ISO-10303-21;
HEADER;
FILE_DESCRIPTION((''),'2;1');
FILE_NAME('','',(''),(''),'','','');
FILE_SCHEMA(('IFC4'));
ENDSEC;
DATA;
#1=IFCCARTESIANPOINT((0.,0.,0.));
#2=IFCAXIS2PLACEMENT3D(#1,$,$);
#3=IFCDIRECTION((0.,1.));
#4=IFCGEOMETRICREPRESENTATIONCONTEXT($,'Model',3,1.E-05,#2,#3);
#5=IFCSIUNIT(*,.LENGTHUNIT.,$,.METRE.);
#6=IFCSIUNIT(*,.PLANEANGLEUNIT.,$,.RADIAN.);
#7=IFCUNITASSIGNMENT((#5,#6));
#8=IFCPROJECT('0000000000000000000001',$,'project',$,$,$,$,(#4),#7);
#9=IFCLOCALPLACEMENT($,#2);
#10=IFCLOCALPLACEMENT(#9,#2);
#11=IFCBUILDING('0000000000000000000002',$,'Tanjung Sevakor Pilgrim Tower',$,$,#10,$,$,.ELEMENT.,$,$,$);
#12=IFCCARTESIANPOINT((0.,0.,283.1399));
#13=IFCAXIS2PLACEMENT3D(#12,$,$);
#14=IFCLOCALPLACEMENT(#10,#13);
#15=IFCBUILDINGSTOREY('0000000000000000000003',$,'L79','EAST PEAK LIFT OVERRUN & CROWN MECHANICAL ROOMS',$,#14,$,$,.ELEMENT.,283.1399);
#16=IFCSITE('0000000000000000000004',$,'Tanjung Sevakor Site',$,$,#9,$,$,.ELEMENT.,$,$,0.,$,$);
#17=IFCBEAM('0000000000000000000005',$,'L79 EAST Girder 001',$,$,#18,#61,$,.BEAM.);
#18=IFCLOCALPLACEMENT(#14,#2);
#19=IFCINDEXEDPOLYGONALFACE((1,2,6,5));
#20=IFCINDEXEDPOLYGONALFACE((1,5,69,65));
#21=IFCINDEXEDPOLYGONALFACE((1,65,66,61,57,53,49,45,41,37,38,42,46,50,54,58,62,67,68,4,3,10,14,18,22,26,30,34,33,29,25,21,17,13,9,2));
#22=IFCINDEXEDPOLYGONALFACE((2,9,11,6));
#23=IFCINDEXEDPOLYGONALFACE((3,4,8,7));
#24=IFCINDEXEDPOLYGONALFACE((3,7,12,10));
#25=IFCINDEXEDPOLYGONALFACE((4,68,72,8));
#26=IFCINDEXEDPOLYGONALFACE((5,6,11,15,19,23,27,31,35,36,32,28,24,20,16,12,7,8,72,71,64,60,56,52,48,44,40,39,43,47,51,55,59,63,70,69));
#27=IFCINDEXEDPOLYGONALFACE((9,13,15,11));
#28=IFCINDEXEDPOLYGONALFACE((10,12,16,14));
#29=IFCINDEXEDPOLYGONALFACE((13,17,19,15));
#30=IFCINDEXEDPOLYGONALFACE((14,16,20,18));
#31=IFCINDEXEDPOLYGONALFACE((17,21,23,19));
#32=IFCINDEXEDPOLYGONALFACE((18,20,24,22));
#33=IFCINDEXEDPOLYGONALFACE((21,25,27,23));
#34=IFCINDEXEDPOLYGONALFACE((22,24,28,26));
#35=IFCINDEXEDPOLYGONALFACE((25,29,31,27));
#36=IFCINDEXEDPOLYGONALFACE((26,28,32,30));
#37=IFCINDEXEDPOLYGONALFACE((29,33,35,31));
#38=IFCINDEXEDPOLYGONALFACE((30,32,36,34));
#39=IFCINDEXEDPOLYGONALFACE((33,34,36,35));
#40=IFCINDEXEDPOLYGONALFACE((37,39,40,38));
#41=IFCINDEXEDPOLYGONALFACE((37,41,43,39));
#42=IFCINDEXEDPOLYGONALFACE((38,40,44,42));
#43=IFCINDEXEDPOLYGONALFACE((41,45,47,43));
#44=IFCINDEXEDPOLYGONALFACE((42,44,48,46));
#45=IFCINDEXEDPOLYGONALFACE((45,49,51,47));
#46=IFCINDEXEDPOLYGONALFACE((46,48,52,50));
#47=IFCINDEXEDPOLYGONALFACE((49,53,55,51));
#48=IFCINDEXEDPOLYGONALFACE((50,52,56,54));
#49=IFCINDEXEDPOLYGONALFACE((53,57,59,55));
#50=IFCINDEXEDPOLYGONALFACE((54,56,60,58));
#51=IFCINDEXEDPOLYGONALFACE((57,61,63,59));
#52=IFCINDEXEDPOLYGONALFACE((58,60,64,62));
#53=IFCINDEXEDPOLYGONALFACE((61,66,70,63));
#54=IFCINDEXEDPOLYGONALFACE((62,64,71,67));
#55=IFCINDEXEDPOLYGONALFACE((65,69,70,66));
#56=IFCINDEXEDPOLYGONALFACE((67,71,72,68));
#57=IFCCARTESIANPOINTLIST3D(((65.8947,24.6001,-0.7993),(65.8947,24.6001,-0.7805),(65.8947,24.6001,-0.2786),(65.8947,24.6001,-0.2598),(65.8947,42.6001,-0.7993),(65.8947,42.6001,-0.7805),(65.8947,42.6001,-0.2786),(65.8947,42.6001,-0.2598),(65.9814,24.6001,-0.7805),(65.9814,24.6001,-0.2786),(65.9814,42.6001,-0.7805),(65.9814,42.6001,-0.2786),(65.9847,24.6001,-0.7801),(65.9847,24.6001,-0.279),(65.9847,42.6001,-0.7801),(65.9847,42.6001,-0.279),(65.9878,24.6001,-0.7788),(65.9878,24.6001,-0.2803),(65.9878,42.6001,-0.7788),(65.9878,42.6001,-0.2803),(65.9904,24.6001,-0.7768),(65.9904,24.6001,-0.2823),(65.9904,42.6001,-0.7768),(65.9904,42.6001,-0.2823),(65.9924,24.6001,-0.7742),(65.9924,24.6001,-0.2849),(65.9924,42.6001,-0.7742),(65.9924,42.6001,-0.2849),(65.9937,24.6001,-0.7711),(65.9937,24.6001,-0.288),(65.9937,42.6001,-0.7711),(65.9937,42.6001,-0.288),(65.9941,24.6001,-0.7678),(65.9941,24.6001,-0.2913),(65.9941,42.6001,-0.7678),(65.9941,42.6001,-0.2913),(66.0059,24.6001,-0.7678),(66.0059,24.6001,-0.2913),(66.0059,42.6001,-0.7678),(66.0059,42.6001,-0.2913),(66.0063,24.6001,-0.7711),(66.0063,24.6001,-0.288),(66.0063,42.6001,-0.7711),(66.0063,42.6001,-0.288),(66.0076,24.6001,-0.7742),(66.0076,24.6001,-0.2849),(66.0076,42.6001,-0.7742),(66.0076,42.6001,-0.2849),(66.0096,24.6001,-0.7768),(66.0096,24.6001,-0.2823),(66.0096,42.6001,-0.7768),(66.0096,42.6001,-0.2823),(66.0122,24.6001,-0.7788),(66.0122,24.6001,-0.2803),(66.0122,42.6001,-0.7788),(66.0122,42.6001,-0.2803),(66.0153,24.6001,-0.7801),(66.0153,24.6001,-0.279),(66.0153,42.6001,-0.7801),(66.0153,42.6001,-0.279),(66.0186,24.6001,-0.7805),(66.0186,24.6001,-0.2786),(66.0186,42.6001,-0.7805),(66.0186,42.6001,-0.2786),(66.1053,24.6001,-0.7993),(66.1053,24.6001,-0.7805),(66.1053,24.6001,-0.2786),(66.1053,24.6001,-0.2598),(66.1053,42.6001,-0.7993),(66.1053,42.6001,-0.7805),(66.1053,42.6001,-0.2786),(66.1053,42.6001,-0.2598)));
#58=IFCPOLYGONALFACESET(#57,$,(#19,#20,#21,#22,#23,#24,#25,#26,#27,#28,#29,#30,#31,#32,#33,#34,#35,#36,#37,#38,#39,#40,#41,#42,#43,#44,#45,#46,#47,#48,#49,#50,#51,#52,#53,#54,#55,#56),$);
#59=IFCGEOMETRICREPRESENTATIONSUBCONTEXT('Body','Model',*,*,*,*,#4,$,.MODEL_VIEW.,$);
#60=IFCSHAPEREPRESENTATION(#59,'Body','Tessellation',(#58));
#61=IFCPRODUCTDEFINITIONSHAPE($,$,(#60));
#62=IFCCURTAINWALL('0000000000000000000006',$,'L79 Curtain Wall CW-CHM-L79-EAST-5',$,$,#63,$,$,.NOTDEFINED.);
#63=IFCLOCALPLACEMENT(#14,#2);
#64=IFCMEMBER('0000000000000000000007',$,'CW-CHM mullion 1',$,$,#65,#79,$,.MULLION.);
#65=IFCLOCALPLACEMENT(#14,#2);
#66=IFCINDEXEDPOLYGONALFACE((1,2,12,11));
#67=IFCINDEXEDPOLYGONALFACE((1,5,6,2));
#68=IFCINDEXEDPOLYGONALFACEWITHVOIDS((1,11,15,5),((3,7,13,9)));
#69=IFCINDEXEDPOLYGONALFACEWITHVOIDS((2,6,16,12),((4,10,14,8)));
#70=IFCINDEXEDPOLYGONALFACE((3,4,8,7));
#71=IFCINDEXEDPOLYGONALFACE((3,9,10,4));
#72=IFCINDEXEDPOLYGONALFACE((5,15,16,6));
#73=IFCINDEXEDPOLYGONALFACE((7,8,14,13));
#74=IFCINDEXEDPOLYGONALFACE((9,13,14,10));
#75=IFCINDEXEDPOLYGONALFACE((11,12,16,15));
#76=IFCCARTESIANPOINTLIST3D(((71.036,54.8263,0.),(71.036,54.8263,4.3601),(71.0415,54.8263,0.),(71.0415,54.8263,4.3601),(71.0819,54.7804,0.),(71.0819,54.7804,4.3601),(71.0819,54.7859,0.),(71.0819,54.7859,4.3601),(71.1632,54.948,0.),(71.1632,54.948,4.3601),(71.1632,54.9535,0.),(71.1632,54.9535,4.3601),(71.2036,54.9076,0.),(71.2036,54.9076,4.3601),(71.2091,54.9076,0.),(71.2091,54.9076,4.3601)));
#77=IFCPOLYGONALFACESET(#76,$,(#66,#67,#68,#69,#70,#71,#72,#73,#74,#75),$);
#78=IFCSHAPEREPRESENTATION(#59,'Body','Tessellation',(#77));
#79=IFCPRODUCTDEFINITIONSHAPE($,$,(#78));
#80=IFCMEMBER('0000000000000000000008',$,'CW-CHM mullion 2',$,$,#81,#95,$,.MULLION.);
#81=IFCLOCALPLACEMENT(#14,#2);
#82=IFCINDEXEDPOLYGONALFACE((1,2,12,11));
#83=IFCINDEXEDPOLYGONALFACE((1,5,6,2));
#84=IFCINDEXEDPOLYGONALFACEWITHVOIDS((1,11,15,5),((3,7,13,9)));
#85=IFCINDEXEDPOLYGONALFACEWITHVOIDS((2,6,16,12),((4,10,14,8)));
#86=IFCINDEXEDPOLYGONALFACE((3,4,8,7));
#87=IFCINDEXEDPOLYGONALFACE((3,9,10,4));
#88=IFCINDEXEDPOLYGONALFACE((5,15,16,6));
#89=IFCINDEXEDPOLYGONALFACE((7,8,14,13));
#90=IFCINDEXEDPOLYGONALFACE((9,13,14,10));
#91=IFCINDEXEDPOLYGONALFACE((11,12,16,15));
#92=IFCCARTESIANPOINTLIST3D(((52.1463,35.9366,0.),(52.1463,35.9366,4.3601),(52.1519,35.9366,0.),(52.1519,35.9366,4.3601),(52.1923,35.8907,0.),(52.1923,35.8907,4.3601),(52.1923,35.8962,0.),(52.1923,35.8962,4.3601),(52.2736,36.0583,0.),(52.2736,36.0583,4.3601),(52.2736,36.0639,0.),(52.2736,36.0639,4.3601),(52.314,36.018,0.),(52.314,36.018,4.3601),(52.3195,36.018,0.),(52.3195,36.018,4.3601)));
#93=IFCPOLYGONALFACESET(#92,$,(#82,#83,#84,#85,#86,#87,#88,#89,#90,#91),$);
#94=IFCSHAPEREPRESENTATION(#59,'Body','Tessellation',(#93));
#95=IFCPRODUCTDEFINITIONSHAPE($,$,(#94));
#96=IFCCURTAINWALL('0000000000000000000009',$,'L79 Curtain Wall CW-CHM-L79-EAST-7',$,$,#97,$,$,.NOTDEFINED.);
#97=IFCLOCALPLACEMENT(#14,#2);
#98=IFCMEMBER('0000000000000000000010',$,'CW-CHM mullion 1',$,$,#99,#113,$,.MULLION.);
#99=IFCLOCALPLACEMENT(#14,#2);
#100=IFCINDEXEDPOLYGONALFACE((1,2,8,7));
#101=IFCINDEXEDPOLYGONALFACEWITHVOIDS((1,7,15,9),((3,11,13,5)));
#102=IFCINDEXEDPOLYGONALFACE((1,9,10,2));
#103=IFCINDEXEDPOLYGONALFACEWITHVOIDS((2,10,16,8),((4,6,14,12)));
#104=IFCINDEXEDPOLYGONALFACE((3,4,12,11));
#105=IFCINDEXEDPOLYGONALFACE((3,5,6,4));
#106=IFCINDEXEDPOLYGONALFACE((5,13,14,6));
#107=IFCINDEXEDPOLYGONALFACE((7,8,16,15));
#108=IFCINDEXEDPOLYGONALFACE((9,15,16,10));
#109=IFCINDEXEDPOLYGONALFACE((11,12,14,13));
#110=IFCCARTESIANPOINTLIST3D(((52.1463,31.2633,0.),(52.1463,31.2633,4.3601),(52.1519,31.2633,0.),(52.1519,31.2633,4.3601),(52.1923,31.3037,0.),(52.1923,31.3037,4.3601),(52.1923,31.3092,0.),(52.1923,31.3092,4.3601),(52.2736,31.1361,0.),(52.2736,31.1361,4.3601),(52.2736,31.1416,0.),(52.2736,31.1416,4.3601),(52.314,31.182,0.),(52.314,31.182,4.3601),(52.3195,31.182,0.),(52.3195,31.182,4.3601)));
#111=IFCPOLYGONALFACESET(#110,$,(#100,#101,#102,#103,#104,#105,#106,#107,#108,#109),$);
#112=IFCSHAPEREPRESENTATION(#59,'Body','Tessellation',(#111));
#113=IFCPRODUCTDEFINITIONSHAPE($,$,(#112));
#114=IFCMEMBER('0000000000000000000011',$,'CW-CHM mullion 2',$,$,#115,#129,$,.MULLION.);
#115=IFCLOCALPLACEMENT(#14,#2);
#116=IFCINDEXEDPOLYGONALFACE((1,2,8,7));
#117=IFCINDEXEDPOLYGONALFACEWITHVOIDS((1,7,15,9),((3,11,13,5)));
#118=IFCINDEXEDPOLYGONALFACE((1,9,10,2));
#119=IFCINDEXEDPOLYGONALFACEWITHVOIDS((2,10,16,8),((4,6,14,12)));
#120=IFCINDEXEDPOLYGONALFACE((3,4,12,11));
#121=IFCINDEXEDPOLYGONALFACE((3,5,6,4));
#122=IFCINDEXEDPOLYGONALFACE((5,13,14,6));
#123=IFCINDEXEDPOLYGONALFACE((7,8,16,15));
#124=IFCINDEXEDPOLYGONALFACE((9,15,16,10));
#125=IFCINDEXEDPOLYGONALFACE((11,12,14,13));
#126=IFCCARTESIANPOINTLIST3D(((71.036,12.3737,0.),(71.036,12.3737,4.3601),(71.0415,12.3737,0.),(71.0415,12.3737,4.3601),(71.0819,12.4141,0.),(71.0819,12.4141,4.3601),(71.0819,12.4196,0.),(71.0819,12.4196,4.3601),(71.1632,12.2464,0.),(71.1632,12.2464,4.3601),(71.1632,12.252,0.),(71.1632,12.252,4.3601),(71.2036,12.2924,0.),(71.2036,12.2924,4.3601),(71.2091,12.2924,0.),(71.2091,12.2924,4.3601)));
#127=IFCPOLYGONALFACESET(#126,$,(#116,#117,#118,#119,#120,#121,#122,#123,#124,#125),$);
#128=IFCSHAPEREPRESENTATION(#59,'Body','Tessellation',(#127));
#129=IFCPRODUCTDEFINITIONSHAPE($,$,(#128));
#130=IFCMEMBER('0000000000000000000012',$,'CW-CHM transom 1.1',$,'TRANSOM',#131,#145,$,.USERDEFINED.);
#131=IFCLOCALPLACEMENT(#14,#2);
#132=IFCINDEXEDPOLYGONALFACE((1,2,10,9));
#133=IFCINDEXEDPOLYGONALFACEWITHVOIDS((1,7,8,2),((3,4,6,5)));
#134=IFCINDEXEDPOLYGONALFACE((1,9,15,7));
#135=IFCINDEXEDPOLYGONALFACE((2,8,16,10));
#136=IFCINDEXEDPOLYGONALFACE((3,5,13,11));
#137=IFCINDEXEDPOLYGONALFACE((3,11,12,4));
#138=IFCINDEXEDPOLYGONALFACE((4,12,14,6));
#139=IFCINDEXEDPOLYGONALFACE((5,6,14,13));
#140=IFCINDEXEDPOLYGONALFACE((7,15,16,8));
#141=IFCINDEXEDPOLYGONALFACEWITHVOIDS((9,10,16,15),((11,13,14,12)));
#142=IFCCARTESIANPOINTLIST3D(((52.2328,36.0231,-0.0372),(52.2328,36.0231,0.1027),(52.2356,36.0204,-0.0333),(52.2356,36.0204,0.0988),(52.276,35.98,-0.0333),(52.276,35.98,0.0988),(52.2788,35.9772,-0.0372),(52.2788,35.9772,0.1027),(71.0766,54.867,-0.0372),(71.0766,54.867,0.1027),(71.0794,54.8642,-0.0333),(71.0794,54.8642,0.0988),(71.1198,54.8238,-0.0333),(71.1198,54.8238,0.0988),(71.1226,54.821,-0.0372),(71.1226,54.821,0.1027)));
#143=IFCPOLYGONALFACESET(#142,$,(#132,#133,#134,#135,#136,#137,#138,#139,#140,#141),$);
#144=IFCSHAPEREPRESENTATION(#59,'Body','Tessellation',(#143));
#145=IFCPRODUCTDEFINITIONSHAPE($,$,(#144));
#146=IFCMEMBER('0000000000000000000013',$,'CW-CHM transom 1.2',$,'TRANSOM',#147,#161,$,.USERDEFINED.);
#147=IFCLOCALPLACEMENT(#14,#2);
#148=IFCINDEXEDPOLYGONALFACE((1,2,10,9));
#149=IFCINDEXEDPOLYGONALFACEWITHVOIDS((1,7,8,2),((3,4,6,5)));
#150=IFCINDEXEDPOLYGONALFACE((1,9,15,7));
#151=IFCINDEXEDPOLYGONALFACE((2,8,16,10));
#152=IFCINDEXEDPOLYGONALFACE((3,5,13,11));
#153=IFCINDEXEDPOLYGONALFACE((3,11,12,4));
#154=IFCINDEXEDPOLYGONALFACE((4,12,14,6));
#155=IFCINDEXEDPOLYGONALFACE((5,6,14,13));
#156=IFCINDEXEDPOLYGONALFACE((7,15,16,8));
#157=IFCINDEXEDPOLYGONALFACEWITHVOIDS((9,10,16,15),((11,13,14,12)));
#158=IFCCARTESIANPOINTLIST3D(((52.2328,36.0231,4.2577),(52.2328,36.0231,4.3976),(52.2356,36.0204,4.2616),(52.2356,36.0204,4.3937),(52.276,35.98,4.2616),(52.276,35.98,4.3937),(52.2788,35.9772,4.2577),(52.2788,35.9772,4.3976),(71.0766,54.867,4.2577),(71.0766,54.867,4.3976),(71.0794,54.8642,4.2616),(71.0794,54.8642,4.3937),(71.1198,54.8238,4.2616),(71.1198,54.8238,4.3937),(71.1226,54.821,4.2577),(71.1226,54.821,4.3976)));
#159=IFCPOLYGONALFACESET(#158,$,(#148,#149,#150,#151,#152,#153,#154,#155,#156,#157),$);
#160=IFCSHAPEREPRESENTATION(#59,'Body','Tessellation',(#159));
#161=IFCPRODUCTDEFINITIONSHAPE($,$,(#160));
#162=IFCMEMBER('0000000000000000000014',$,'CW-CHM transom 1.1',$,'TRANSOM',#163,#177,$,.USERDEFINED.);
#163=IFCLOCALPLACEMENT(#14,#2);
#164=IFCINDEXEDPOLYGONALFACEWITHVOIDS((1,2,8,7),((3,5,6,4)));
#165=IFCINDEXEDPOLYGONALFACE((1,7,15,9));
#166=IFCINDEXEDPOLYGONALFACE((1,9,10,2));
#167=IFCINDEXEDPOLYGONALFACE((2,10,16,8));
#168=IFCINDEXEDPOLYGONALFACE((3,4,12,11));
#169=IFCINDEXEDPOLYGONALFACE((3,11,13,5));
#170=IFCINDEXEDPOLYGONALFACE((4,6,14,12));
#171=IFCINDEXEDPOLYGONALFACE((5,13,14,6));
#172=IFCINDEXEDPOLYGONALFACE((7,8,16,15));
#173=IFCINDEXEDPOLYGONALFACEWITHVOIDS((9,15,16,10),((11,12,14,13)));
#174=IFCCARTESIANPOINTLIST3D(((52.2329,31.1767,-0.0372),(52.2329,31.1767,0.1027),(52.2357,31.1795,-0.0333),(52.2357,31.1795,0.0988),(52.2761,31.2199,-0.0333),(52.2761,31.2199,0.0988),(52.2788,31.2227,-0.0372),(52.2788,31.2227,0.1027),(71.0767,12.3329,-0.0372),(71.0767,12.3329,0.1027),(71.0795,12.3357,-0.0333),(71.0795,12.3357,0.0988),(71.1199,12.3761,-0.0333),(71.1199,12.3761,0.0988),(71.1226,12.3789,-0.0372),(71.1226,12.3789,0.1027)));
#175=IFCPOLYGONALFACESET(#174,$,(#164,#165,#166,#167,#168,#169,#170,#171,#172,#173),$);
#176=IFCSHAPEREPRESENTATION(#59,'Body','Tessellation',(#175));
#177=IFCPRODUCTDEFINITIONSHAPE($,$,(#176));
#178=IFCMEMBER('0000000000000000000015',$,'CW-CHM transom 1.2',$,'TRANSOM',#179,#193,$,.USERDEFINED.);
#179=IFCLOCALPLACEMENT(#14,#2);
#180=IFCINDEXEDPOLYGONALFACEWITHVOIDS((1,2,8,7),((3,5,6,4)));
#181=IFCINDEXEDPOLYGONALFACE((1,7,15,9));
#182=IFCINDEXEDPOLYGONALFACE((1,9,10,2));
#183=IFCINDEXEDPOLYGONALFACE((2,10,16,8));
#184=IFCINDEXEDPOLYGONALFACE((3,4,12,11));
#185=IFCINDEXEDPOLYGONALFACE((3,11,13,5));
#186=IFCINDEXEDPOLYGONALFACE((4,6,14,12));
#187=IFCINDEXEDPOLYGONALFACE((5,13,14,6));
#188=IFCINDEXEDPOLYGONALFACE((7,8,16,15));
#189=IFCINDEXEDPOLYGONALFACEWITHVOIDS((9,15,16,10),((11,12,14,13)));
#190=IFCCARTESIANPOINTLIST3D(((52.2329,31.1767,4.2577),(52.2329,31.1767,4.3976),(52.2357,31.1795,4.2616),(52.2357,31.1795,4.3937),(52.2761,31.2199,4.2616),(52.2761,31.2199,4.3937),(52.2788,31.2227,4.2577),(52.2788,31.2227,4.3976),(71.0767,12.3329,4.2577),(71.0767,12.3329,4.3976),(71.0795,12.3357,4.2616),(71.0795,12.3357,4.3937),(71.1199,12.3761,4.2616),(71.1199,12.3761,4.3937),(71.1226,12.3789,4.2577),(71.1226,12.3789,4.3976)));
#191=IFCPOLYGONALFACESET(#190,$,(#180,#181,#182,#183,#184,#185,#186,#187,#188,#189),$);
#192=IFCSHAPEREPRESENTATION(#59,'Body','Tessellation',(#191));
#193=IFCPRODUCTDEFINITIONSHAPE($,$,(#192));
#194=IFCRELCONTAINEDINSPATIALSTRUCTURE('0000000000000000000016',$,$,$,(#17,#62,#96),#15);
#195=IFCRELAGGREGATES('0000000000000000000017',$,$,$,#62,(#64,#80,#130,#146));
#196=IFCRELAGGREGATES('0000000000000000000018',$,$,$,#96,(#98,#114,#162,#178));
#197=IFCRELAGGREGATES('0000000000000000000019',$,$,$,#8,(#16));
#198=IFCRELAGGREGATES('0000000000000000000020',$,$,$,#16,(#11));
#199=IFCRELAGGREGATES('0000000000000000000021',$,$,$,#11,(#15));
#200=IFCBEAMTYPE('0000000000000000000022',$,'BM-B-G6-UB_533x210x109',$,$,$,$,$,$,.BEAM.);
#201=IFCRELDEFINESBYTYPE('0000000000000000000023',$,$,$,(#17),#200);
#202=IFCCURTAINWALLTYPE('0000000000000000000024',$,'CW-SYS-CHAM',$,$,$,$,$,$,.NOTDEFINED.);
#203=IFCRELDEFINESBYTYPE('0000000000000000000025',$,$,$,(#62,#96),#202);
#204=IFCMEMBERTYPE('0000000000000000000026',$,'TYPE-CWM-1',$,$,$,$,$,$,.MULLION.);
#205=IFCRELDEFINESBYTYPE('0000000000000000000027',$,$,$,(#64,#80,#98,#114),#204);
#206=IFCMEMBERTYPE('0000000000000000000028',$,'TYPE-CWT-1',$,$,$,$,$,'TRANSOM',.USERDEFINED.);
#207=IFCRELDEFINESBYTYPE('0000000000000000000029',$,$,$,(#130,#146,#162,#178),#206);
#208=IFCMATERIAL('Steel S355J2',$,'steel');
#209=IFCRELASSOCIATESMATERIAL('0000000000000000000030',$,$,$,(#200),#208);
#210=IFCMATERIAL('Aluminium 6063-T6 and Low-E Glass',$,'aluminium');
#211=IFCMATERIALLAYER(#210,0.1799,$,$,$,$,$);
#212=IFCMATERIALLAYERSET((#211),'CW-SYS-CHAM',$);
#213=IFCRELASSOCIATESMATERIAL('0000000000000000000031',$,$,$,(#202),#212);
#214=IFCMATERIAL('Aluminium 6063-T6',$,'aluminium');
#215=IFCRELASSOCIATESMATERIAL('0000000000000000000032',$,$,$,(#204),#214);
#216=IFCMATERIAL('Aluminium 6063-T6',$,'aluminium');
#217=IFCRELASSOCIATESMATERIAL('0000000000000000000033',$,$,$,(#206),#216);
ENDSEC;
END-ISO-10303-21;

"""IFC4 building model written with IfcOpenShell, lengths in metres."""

from ifc_helpers import new_model, si_unit, direction, frame, origin, origin_2d, place, context, subcontext, project, spatial, hollow_rectangle, i_section, extrude, material, layer, layer_set, material_profile, profile_set, type_object, element, aggregate, save


model = new_model("IFC4")

# Units and contexts
model_context = context("Model", 3, precision=1e-05, world=origin(), true_north=direction((0.0, 1.0)))
body_context = subcontext(model_context, "Body", "Model", "MODEL_VIEW")
ifc_project = project(units=[si_unit("LENGTHUNIT", "METRE"), si_unit("PLANEANGLEUNIT", "RADIAN")], contexts=[model_context])

# Site, building, storey
site_placement = place(None, origin())
site = spatial("IfcSite", under=ifc_project, at=site_placement, Name="Tanjung Sevakor Site", CompositionType="ELEMENT", RefElevation=0.0)
building_placement = place(site_placement, origin())
building = spatial("IfcBuilding", under=site, at=building_placement, Name="Tanjung Sevakor Pilgrim Tower", CompositionType="ELEMENT")
storey_placement = place(building_placement, frame((0.0, 0.0, 283.1399)))
storey = spatial("IfcBuildingStorey", under=building, at=storey_placement, Name="L79", Description="EAST PEAK LIFT OVERRUN & CROWN MECHANICAL ROOMS", CompositionType="ELEMENT", Elevation=283.1399)

# Beam
ifc_material_1 = material(Name="Steel S355J2", Category="steel")
ifc_material_profile_1 = material_profile(ifc_material_1, i_section(OverallWidth=0.2107, OverallDepth=0.5396, WebThickness=0.0117, FlangeThickness=0.0188, FilletRadius=0.0127, at=origin_2d()))
ifc_profile_set_1 = profile_set([ifc_material_profile_1], Name="Steel S355J2")
beam_type_1 = type_object("IfcBeamType", Name="BM-B-G6-UB_533x210x109", PredefinedType="BEAM", material=ifc_profile_set_1)
beam_placement = place(storey_placement, frame((66.0, 24.6001, -0.5295), z_axis=(0.0, 1.0, 0.0), x_axis=(-1.0, 0.0, 0.0)))
element("IfcBeam", 1, at=beam_placement, inside=storey, type_object=beam_type_1, Name="L79 EAST Girder 001", PredefinedType="BEAM", context=body_context, shape_type="SweptSolid", body=[
    extrude(i_section(OverallWidth=0.2107, OverallDepth=0.5396, WebThickness=0.0117, FlangeThickness=0.0188, FilletRadius=0.0127, at=origin_2d()), origin(), (0.0, 0.0, 1.0), 18.0),
])

# Curtain walls, members
ifc_material_2 = material(Name="Aluminium 6063-T6 and Low-E Glass", Category="aluminium")
ifc_layer_1 = layer(ifc_material_2, 0.1799)
ifc_layer_set_1 = layer_set([ifc_layer_1], Name="CW-SYS-CHAM")
curtain_wall_type = type_object("IfcCurtainWallType", Name="CW-SYS-CHAM", PredefinedType="NOTDEFINED", material=ifc_layer_set_1)
curtain_wall_1_placement = place(storey_placement, origin())
curtain_wall_1 = element("IfcCurtainWall", 2, at=curtain_wall_1_placement, inside=storey, type_object=curtain_wall_type, Name="L79 Curtain Wall CW-CHM-L79-EAST-5", PredefinedType="NOTDEFINED")
ifc_material_3 = material(Name="Aluminium 6063-T6", Category="aluminium")
ifc_material_profile_2 = material_profile(ifc_material_3, hollow_rectangle(XDim=0.0649, YDim=0.1799, WallThickness=0.0039, at=origin_2d()))
ifc_profile_set_2 = profile_set([ifc_material_profile_2], Name="Aluminium 6063-T6")
member_type_1 = type_object("IfcMemberType", Name="TYPE-CWM-1", PredefinedType="MULLION", material=ifc_profile_set_2)
member_1_placement = place(storey_placement, frame((71.1226, 54.8669, 0.0), z_axis=(0.0, 0.0, 1.0), x_axis=(0.707107, -0.707107, 0.0)))
member_1 = element("IfcMember", 3, at=member_1_placement, type_object=member_type_1, Name="CW-CHM mullion 1", PredefinedType="MULLION", context=body_context, shape_type="SweptSolid", body=[
    extrude(hollow_rectangle(XDim=0.0649, YDim=0.1799, WallThickness=0.0039, at=origin_2d()), origin(), (0.0, 0.0, 1.0), 4.3601),
])
member_2_placement = place(storey_placement, frame((52.2329, 35.9773, 0.0), z_axis=(0.0, 0.0, 1.0), x_axis=(0.707107, -0.707107, 0.0)))
member_2 = element("IfcMember", 4, at=member_2_placement, type_object=member_type_1, Name="CW-CHM mullion 2", PredefinedType="MULLION", context=body_context, shape_type="SweptSolid", body=[
    extrude(hollow_rectangle(XDim=0.0649, YDim=0.1799, WallThickness=0.0039, at=origin_2d()), origin(), (0.0, 0.0, 1.0), 4.3601),
])
curtain_wall_2_placement = place(storey_placement, origin())
curtain_wall_2 = element("IfcCurtainWall", 5, at=curtain_wall_2_placement, inside=storey, type_object=curtain_wall_type, Name="L79 Curtain Wall CW-CHM-L79-EAST-7", PredefinedType="NOTDEFINED")
member_3_placement = place(storey_placement, frame((52.2329, 31.2227, 0.0), z_axis=(0.0, 0.0, 1.0), x_axis=(0.707107, 0.707107, 0.0)))
member_3 = element("IfcMember", 6, at=member_3_placement, type_object=member_type_1, Name="CW-CHM mullion 1", PredefinedType="MULLION", context=body_context, shape_type="SweptSolid", body=[
    extrude(hollow_rectangle(XDim=0.0649, YDim=0.1799, WallThickness=0.0039, at=origin_2d()), origin(), (0.0, 0.0, 1.0), 4.3601),
])
member_4_placement = place(storey_placement, frame((71.1226, 12.333, 0.0), z_axis=(0.0, 0.0, 1.0), x_axis=(0.707107, 0.707107, 0.0)))
member_4 = element("IfcMember", 7, at=member_4_placement, type_object=member_type_1, Name="CW-CHM mullion 2", PredefinedType="MULLION", context=body_context, shape_type="SweptSolid", body=[
    extrude(hollow_rectangle(XDim=0.0649, YDim=0.1799, WallThickness=0.0039, at=origin_2d()), origin(), (0.0, 0.0, 1.0), 4.3601),
])

# Members
ifc_material_4 = material(Name="Aluminium 6063-T6", Category="aluminium")
ifc_material_profile_3 = material_profile(ifc_material_4, hollow_rectangle(XDim=0.0649, YDim=0.1399, WallThickness=0.0039, at=origin_2d()))
ifc_profile_set_3 = profile_set([ifc_material_profile_3], Name="Aluminium 6063-T6")
member_type_2 = type_object("IfcMemberType", Name="TYPE-CWT-1", ElementType="TRANSOM", PredefinedType="USERDEFINED", material=ifc_profile_set_3)
member_5_placement = place(storey_placement, frame((71.0996, 54.844, 0.0327), z_axis=(-0.707107, -0.707107, 0.0), x_axis=(0.707107, -0.707107, 0.0)))
member_5 = element("IfcMember", 8, at=member_5_placement, type_object=member_type_2, Name="CW-CHM transom 1.1", ObjectType="TRANSOM", PredefinedType="USERDEFINED", context=body_context, shape_type="SweptSolid", body=[
    extrude(hollow_rectangle(XDim=0.0649, YDim=0.1399, WallThickness=0.0039, at=origin_2d()), origin(), (0.0, 0.0, 1.0), 26.6492),
])
member_6_placement = place(storey_placement, frame((71.0996, 54.844, 4.3276), z_axis=(-0.707107, -0.707107, 0.0), x_axis=(0.707107, -0.707107, 0.0)))
member_6 = element("IfcMember", 9, at=member_6_placement, type_object=member_type_2, Name="CW-CHM transom 1.2", ObjectType="TRANSOM", PredefinedType="USERDEFINED", context=body_context, shape_type="SweptSolid", body=[
    extrude(hollow_rectangle(XDim=0.0649, YDim=0.1399, WallThickness=0.0039, at=origin_2d()), origin(), (0.0, 0.0, 1.0), 26.6492),
])
member_7_placement = place(storey_placement, frame((52.2559, 31.1997, 0.0327), z_axis=(0.707107, -0.707107, 0.0), x_axis=(0.707107, 0.707107, 0.0)))
member_7 = element("IfcMember", 10, at=member_7_placement, type_object=member_type_2, Name="CW-CHM transom 1.1", ObjectType="TRANSOM", PredefinedType="USERDEFINED", context=body_context, shape_type="SweptSolid", body=[
    extrude(hollow_rectangle(XDim=0.0649, YDim=0.1399, WallThickness=0.0039, at=origin_2d()), origin(), (0.0, 0.0, 1.0), 26.6492),
])
member_8_placement = place(storey_placement, frame((52.2559, 31.1997, 4.3276), z_axis=(0.707107, -0.707107, 0.0), x_axis=(0.707107, 0.707107, 0.0)))
member_8 = element("IfcMember", 11, at=member_8_placement, type_object=member_type_2, Name="CW-CHM transom 1.2", ObjectType="TRANSOM", PredefinedType="USERDEFINED", context=body_context, shape_type="SweptSolid", body=[
    extrude(hollow_rectangle(XDim=0.0649, YDim=0.1399, WallThickness=0.0039, at=origin_2d()), origin(), (0.0, 0.0, 1.0), 26.6492),
])

aggregate(curtain_wall_1, [member_1, member_2, member_5, member_6])
aggregate(curtain_wall_2, [member_3, member_4, member_7, member_8])

save(model, "model.ifc")
